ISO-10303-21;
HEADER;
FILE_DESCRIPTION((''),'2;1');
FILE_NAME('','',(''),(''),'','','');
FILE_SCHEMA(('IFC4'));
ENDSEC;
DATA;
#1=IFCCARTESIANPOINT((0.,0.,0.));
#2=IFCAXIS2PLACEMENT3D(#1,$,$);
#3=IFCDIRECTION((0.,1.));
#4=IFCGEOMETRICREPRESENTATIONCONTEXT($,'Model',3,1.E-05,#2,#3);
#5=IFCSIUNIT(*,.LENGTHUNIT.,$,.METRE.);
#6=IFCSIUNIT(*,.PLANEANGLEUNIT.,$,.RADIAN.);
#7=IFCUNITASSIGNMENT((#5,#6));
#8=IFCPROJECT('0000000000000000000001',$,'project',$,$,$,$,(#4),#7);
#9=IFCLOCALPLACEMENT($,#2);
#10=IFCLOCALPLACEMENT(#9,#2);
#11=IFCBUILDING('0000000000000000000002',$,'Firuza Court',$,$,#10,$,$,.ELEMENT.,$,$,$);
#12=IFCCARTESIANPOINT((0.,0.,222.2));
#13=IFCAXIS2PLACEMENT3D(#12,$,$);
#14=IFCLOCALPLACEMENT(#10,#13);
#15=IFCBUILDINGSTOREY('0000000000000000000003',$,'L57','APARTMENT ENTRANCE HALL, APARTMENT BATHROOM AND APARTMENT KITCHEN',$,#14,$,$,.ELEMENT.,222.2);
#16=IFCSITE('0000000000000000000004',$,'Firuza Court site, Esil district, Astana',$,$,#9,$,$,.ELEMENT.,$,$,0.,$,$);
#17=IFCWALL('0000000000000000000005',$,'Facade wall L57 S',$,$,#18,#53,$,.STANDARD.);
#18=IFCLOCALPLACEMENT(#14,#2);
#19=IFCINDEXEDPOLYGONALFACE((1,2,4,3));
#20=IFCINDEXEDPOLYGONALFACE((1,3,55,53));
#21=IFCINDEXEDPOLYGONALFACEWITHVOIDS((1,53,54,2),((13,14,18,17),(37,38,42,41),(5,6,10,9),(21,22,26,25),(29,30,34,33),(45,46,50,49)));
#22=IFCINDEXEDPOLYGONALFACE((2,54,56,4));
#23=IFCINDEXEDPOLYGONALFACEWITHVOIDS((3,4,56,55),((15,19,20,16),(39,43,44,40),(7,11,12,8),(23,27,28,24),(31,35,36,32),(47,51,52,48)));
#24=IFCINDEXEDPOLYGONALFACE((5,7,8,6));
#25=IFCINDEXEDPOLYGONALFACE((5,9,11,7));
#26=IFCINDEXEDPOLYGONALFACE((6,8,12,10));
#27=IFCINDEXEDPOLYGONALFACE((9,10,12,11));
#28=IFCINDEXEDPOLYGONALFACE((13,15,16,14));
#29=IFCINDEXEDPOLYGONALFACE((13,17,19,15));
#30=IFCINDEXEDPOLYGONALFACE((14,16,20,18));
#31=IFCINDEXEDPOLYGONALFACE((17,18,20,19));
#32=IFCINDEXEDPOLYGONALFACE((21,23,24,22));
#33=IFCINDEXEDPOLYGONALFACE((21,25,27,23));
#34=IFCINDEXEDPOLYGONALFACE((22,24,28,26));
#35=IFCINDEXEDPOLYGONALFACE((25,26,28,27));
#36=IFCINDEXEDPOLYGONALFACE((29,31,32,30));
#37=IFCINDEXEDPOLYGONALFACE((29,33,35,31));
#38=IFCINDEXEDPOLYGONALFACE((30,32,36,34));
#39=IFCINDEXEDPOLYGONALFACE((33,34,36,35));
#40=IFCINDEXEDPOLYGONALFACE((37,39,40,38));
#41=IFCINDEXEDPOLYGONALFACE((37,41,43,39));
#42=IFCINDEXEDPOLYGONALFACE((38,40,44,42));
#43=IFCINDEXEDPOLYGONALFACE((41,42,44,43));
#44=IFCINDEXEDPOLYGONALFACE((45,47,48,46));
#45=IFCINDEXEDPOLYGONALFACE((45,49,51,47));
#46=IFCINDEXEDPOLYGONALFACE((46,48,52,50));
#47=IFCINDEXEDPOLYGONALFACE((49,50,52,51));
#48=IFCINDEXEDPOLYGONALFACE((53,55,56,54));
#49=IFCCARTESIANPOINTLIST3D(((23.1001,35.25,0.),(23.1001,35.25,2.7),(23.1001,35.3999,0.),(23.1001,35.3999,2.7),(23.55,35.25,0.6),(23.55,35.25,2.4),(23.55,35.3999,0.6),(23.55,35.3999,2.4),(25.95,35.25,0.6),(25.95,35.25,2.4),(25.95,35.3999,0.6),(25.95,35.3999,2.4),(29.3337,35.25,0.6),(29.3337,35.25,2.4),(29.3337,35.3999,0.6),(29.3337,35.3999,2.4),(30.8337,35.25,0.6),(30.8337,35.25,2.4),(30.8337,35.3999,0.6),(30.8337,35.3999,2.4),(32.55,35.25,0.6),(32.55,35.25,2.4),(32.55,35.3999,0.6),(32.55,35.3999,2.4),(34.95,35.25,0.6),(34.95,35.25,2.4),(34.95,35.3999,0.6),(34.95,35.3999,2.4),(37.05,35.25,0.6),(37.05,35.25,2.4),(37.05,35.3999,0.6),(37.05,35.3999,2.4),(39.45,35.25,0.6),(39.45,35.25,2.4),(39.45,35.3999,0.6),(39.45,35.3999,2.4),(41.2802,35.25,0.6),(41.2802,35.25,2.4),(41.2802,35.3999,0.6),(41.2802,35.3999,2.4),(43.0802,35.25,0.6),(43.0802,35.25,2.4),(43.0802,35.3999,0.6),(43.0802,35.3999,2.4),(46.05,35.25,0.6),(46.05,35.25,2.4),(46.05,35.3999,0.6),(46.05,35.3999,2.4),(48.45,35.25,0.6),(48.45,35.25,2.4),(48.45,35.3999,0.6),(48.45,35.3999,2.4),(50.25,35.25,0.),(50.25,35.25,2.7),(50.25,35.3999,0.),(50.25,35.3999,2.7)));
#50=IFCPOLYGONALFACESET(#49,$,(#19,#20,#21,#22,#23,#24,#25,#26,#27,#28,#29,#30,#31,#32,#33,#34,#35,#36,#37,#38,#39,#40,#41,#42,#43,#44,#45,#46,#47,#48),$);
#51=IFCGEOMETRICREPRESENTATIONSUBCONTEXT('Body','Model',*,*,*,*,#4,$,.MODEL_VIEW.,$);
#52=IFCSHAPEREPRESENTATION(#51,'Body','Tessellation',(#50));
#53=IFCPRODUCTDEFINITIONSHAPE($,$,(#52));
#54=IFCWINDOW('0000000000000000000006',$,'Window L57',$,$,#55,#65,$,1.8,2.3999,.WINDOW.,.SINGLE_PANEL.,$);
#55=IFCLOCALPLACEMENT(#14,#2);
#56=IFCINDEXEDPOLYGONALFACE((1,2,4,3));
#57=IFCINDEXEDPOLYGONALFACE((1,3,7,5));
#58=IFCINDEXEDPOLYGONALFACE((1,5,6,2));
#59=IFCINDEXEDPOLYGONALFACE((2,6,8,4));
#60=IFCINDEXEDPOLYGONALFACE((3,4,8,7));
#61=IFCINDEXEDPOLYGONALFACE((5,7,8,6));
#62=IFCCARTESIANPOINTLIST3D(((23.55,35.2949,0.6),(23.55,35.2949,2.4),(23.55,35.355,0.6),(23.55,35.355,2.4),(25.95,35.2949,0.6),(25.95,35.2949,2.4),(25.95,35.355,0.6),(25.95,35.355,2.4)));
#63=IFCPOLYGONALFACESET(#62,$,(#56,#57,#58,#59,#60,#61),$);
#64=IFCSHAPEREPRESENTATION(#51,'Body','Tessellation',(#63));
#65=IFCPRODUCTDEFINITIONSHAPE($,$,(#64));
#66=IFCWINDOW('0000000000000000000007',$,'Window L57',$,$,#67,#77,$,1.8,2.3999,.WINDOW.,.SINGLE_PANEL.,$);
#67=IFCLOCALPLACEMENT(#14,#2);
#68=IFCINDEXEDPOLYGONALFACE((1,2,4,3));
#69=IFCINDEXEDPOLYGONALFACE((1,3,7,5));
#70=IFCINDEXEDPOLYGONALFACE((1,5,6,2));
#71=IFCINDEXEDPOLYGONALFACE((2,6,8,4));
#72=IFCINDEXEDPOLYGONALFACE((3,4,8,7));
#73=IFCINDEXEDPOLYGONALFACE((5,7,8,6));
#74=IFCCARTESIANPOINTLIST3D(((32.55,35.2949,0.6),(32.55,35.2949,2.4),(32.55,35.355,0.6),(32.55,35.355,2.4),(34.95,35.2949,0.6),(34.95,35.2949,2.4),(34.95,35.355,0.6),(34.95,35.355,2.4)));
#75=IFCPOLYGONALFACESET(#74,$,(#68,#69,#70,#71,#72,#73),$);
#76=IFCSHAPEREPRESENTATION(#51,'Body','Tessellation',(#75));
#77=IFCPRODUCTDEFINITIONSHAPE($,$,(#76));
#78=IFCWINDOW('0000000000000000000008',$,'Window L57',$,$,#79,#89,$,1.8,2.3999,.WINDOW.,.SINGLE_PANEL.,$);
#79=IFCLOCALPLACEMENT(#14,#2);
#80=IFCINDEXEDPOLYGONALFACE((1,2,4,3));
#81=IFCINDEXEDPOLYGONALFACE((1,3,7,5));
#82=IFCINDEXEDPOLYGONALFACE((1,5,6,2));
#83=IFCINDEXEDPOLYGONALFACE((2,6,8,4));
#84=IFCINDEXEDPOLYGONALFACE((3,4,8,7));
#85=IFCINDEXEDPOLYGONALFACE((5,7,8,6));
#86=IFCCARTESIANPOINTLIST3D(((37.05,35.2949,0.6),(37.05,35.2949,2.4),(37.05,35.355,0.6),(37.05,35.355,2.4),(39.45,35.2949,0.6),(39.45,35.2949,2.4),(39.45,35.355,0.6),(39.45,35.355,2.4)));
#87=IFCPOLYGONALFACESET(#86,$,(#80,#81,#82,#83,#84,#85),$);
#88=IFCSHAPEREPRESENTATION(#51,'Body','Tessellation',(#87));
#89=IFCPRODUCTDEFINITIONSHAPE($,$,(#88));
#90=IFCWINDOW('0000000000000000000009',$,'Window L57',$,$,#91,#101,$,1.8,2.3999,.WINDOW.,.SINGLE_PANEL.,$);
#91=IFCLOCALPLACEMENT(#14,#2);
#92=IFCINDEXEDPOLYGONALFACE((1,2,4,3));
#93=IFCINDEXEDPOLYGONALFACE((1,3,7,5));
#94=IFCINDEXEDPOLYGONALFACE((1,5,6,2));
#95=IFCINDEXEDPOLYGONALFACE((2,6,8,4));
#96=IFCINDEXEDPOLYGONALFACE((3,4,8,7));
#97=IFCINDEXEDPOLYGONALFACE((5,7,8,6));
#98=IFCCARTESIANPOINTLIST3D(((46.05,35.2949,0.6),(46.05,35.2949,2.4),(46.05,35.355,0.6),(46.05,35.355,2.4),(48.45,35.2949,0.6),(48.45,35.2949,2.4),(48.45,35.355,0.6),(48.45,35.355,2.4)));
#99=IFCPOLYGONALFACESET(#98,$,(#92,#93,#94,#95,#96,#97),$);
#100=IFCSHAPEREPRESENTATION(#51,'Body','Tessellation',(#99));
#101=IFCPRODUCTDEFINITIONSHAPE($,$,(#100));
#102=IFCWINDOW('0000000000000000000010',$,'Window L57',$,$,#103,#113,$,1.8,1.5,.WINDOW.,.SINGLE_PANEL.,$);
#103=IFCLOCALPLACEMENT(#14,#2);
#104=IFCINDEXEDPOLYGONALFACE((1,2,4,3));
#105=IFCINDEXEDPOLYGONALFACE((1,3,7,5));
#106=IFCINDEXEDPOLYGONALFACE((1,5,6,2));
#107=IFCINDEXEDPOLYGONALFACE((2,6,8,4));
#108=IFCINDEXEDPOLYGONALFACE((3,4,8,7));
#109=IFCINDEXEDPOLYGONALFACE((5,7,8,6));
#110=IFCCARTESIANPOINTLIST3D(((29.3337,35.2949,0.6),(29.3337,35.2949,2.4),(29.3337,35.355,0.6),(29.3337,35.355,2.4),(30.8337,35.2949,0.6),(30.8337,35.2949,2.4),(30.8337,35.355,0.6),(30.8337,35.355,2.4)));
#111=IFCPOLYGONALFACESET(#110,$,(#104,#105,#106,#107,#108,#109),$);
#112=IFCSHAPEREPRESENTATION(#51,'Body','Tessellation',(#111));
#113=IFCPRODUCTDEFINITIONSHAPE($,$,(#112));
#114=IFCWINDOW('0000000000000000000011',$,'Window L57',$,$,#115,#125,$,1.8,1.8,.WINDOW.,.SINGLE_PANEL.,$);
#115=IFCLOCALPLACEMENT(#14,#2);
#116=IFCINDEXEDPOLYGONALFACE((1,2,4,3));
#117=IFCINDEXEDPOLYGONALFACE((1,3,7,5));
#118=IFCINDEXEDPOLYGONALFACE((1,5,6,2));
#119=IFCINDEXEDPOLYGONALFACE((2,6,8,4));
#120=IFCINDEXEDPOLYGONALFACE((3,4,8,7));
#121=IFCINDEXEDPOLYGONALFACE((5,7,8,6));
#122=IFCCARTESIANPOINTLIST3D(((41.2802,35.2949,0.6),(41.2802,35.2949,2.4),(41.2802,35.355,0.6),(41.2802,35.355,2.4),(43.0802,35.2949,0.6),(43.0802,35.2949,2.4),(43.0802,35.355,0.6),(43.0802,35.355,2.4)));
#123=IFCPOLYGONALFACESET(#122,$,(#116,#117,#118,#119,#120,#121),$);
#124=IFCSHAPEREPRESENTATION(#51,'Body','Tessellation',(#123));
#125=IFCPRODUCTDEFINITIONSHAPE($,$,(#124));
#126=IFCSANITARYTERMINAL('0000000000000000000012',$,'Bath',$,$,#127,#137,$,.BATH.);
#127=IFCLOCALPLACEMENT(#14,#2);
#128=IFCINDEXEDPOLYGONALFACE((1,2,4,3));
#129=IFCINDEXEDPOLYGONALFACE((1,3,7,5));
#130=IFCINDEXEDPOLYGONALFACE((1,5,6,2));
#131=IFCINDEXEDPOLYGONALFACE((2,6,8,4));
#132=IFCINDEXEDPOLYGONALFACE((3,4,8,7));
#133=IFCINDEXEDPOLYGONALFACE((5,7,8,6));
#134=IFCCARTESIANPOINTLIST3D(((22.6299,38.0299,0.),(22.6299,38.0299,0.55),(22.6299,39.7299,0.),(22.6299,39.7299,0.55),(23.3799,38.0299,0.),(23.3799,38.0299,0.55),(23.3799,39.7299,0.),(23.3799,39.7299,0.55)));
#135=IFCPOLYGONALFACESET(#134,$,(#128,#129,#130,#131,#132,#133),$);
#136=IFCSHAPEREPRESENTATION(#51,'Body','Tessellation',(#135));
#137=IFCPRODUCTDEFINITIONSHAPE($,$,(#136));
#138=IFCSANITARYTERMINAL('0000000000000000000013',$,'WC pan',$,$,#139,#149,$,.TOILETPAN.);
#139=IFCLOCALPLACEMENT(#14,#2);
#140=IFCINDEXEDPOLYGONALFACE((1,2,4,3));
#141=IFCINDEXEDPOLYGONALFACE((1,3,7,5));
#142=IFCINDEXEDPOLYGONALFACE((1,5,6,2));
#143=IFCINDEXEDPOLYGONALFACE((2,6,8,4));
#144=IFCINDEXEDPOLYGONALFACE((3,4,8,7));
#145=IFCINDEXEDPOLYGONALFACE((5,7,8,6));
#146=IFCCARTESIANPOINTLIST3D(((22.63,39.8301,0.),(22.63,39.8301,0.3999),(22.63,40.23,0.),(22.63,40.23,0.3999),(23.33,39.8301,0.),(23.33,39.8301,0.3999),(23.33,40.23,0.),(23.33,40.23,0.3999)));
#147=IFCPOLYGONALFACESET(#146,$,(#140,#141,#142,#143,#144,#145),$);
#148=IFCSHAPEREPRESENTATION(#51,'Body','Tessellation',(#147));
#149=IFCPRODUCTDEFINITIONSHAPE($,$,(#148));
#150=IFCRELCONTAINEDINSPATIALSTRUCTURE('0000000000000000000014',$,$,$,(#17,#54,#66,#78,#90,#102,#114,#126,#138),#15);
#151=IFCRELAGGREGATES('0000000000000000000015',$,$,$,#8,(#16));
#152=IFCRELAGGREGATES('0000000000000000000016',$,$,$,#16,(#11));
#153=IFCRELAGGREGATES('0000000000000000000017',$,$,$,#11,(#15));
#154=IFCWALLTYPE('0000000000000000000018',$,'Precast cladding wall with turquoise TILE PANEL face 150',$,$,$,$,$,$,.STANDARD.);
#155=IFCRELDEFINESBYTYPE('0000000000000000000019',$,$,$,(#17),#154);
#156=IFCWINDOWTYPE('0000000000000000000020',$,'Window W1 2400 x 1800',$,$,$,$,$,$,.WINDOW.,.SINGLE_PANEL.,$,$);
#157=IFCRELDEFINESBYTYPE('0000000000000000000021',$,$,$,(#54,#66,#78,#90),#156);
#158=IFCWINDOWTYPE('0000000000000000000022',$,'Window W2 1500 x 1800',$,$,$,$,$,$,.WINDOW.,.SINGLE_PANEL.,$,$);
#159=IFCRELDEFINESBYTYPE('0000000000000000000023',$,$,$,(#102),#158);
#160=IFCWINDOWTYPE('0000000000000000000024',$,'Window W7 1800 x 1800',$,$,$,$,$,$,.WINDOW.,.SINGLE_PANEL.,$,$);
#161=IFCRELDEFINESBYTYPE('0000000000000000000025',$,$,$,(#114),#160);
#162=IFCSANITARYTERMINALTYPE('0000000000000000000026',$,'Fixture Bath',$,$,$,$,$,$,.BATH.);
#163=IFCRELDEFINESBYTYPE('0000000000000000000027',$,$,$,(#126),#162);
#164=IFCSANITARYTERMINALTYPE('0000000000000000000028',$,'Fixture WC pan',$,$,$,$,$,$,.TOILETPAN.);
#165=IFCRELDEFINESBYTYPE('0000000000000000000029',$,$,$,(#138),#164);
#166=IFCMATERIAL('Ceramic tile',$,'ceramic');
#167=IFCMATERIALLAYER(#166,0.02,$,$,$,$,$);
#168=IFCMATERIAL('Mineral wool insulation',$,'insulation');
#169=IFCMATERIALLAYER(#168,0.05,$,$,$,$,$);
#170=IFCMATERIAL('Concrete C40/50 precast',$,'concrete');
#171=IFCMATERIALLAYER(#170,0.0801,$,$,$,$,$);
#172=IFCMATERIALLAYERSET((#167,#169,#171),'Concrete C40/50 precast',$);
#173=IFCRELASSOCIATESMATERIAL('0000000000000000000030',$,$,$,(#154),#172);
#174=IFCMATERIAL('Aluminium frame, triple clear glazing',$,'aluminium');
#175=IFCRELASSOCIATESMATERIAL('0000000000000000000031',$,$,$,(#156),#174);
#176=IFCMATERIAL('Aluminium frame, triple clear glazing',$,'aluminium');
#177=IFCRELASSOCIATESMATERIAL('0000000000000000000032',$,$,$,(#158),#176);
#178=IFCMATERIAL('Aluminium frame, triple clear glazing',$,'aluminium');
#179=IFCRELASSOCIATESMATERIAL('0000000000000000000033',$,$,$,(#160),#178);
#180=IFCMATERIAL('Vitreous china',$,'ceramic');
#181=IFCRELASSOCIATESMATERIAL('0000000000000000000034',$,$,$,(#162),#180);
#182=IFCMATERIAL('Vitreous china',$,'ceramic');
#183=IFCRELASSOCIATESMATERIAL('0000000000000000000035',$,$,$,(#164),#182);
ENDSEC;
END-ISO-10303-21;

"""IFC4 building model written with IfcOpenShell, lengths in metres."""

from ifc_helpers import new_model, si_unit, direction, frame, frame_2d, origin, origin_2d, place, context, subcontext, project, spatial, rectangle, extrude, material, layer, layer_set, type_object, element, fill, save


model = new_model("IFC4")

# Units and contexts
model_context = context("Model", 3, precision=1e-05, world=origin(), true_north=direction((0.0, 1.0)))
body_context = subcontext(model_context, "Body", "Model", "MODEL_VIEW")
ifc_project = project(units=[si_unit("LENGTHUNIT", "METRE"), si_unit("PLANEANGLEUNIT", "RADIAN")], contexts=[model_context])

# Site, building, storey
site_placement = place(None, origin())
site = spatial("IfcSite", under=ifc_project, at=site_placement, Name="Firuza Court site, Esil district, Astana", CompositionType="ELEMENT", RefElevation=0.0)
building_placement = place(site_placement, origin())
building = spatial("IfcBuilding", under=site, at=building_placement, Name="Firuza Court", CompositionType="ELEMENT")
storey_placement = place(building_placement, frame((0.0, 0.0, 222.2)))
storey = spatial("IfcBuildingStorey", under=building, at=storey_placement, Name="L57", Description="APARTMENT ENTRANCE HALL, APARTMENT BATHROOM AND APARTMENT KITCHEN", CompositionType="ELEMENT", Elevation=222.2)

# Wall, openings, windows
ifc_material_1 = material(Name="Ceramic tile", Category="ceramic")
ifc_layer_1 = layer(ifc_material_1, 0.02)
ifc_material_2 = material(Name="Mineral wool insulation", Category="insulation")
ifc_layer_2 = layer(ifc_material_2, 0.05)
ifc_material_3 = material(Name="Concrete C40/50 precast", Category="concrete")
ifc_layer_3 = layer(ifc_material_3, 0.0801)
ifc_layer_set_1 = layer_set([ifc_layer_1, ifc_layer_2, ifc_layer_3], Name="Concrete C40/50 precast")
wall_type_1 = type_object("IfcWallType", Name="Precast cladding wall with turquoise TILE PANEL face 150", PredefinedType="STANDARD", material=ifc_layer_set_1)
wall_1_placement = place(storey_placement, frame((23.1001, 35.325, 0.0), z_axis=(0.0, 0.0, 1.0), x_axis=(1.0, 0.0, 0.0)))
wall_1 = element("IfcWall", 1, at=wall_1_placement, inside=storey, type_object=wall_type_1, Name="Facade wall L57 S", PredefinedType="STANDARD", context=body_context, shape_type="SweptSolid", body=[
    extrude(rectangle(XDim=27.1499, YDim=0.1499, at=frame_2d((13.575, 0.0))), origin(), (0.0, 0.0, 1.0), 2.7),
])
opening_1_placement = place(wall_1_placement, frame((0.45, 0.0, 0.6001)))
opening_1 = element("IfcOpeningElement", 2, at=opening_1_placement, cuts=wall_1, PredefinedType="OPENING", context=body_context, shape_type="SweptSolid", body=[
    extrude(rectangle(XDim=2.3999, YDim=1.8, at=frame_2d((1.2, 0.8999))), frame((0.0, 0.0869, 0.0), z_axis=(0.0, -1.0, 0.0), x_axis=(1.0, 0.0, 0.0)), (0.0, 0.0, 1.0), 0.1738),
])
opening_2_placement = place(wall_1_placement, frame((6.2336, 0.0, 0.6001)))
opening_2 = element("IfcOpeningElement", 3, at=opening_2_placement, cuts=wall_1, PredefinedType="OPENING", context=body_context, shape_type="SweptSolid", body=[
    extrude(rectangle(XDim=1.5, YDim=1.8, at=frame_2d((0.75, 0.8999))), frame((0.0, 0.0869, 0.0), z_axis=(0.0, -1.0, 0.0), x_axis=(1.0, 0.0, 0.0)), (0.0, 0.0, 1.0), 0.1738),
])
opening_3_placement = place(wall_1_placement, frame((9.45, 0.0, 0.6001)))
opening_3 = element("IfcOpeningElement", 4, at=opening_3_placement, cuts=wall_1, PredefinedType="OPENING", context=body_context, shape_type="SweptSolid", body=[
    extrude(rectangle(XDim=2.3999, YDim=1.8, at=frame_2d((1.2, 0.8999))), frame((0.0, 0.0869, 0.0), z_axis=(0.0, -1.0, 0.0), x_axis=(1.0, 0.0, 0.0)), (0.0, 0.0, 1.0), 0.1738),
])
opening_4_placement = place(wall_1_placement, frame((13.95, 0.0, 0.6001)))
opening_4 = element("IfcOpeningElement", 5, at=opening_4_placement, cuts=wall_1, PredefinedType="OPENING", context=body_context, shape_type="SweptSolid", body=[
    extrude(rectangle(XDim=2.3999, YDim=1.8, at=frame_2d((1.2, 0.8999))), frame((0.0, 0.0869, 0.0), z_axis=(0.0, -1.0, 0.0), x_axis=(1.0, 0.0, 0.0)), (0.0, 0.0, 1.0), 0.1738),
])
opening_5_placement = place(wall_1_placement, frame((18.1802, 0.0, 0.6001)))
opening_5 = element("IfcOpeningElement", 6, at=opening_5_placement, cuts=wall_1, PredefinedType="OPENING", context=body_context, shape_type="SweptSolid", body=[
    extrude(rectangle(XDim=1.8, YDim=1.8, at=frame_2d((0.8999, 0.8999))), frame((0.0, 0.0869, 0.0), z_axis=(0.0, -1.0, 0.0), x_axis=(1.0, 0.0, 0.0)), (0.0, 0.0, 1.0), 0.1738),
])
opening_6_placement = place(wall_1_placement, frame((22.95, 0.0, 0.6001)))
opening_6 = element("IfcOpeningElement", 7, at=opening_6_placement, cuts=wall_1, PredefinedType="OPENING", context=body_context, shape_type="SweptSolid", body=[
    extrude(rectangle(XDim=2.3999, YDim=1.8, at=frame_2d((1.2, 0.8999))), frame((0.0, 0.0869, 0.0), z_axis=(0.0, -1.0, 0.0), x_axis=(1.0, 0.0, 0.0)), (0.0, 0.0, 1.0), 0.1738),
])
ifc_material_4 = material(Name="Aluminium frame, triple clear glazing", Category="aluminium")
window_type_1 = type_object("IfcWindowType", Name="Window W1 2400 x 1800", PartitioningType="SINGLE_PANEL", PredefinedType="WINDOW", material=ifc_material_4)
window_1_placement = place(opening_1_placement, origin())
window_1 = element("IfcWindow", 8, at=window_1_placement, inside=storey, type_object=window_type_1, Name="Window L57", OverallHeight=1.8, OverallWidth=2.3999, PartitioningType="SINGLE_PANEL", PredefinedType="WINDOW", context=body_context, shape_type="SweptSolid", body=[
    extrude(rectangle(XDim=2.3999, YDim=1.8, at=frame_2d((1.2, 0.8999))), frame((0.0, 0.03, 0.0), z_axis=(0.0, -1.0, 0.0), x_axis=(1.0, 0.0, 0.0)), (0.0, 0.0, 1.0), 0.0601),
])
fill(opening_1, window_1)
window_2_placement = place(opening_3_placement, origin())
window_2 = element("IfcWindow", 9, at=window_2_placement, inside=storey, type_object=window_type_1, Name="Window L57", OverallHeight=1.8, OverallWidth=2.3999, PartitioningType="SINGLE_PANEL", PredefinedType="WINDOW", context=body_context, shape_type="SweptSolid", body=[
    extrude(rectangle(XDim=2.3999, YDim=1.8, at=frame_2d((1.2, 0.8999))), frame((0.0, 0.03, 0.0), z_axis=(0.0, -1.0, 0.0), x_axis=(1.0, 0.0, 0.0)), (0.0, 0.0, 1.0), 0.0601),
])
fill(opening_3, window_2)
window_3_placement = place(opening_4_placement, origin())
window_3 = element("IfcWindow", 10, at=window_3_placement, inside=storey, type_object=window_type_1, Name="Window L57", OverallHeight=1.8, OverallWidth=2.3999, PartitioningType="SINGLE_PANEL", PredefinedType="WINDOW", context=body_context, shape_type="SweptSolid", body=[
    extrude(rectangle(XDim=2.3999, YDim=1.8, at=frame_2d((1.2, 0.8999))), frame((0.0, 0.03, 0.0), z_axis=(0.0, -1.0, 0.0), x_axis=(1.0, 0.0, 0.0)), (0.0, 0.0, 1.0), 0.0601),
])
fill(opening_4, window_3)
window_4_placement = place(opening_6_placement, origin())
window_4 = element("IfcWindow", 11, at=window_4_placement, inside=storey, type_object=window_type_1, Name="Window L57", OverallHeight=1.8, OverallWidth=2.3999, PartitioningType="SINGLE_PANEL", PredefinedType="WINDOW", context=body_context, shape_type="SweptSolid", body=[
    extrude(rectangle(XDim=2.3999, YDim=1.8, at=frame_2d((1.2, 0.8999))), frame((0.0, 0.03, 0.0), z_axis=(0.0, -1.0, 0.0), x_axis=(1.0, 0.0, 0.0)), (0.0, 0.0, 1.0), 0.0601),
])
fill(opening_6, window_4)
ifc_material_5 = material(Name="Aluminium frame, triple clear glazing", Category="aluminium")
window_type_2 = type_object("IfcWindowType", Name="Window W2 1500 x 1800", PartitioningType="SINGLE_PANEL", PredefinedType="WINDOW", material=ifc_material_5)
window_5_placement = place(opening_2_placement, origin())
window_5 = element("IfcWindow", 12, at=window_5_placement, inside=storey, type_object=window_type_2, Name="Window L57", OverallHeight=1.8, OverallWidth=1.5, PartitioningType="SINGLE_PANEL", PredefinedType="WINDOW", context=body_context, shape_type="SweptSolid", body=[
    extrude(rectangle(XDim=1.5, YDim=1.8, at=frame_2d((0.75, 0.8999))), frame((0.0, 0.03, 0.0), z_axis=(0.0, -1.0, 0.0), x_axis=(1.0, 0.0, 0.0)), (0.0, 0.0, 1.0), 0.0601),
])
fill(opening_2, window_5)
ifc_material_6 = material(Name="Aluminium frame, triple clear glazing", Category="aluminium")
window_type_3 = type_object("IfcWindowType", Name="Window W7 1800 x 1800", PartitioningType="SINGLE_PANEL", PredefinedType="WINDOW", material=ifc_material_6)
window_6_placement = place(opening_5_placement, origin())
window_6 = element("IfcWindow", 13, at=window_6_placement, inside=storey, type_object=window_type_3, Name="Window L57", OverallHeight=1.8, OverallWidth=1.8, PartitioningType="SINGLE_PANEL", PredefinedType="WINDOW", context=body_context, shape_type="SweptSolid", body=[
    extrude(rectangle(XDim=1.8, YDim=1.8, at=frame_2d((0.8999, 0.8999))), frame((0.0, 0.03, 0.0), z_axis=(0.0, -1.0, 0.0), x_axis=(1.0, 0.0, 0.0)), (0.0, 0.0, 1.0), 0.0601),
])
fill(opening_5, window_6)

# Sanitary terminals
ifc_material_7 = material(Name="Vitreous china", Category="ceramic")
sanitary_terminal_type_1 = type_object("IfcSanitaryTerminalType", Name="Fixture Bath", PredefinedType="BATH", material=ifc_material_7)
sanitary_terminal_1_placement = place(storey_placement, frame((23.0049, 38.8799, 0.0), z_axis=(0.0, 0.0, 1.0), x_axis=(1.0, 0.0, 0.0)))
element("IfcSanitaryTerminal", 14, at=sanitary_terminal_1_placement, inside=storey, type_object=sanitary_terminal_type_1, Name="Bath", PredefinedType="BATH", context=body_context, shape_type="SweptSolid", body=[
    extrude(rectangle(XDim=0.75, YDim=1.7, at=origin_2d()), origin(), (0.0, 0.0, 1.0), 0.55),
])
ifc_material_8 = material(Name="Vitreous china", Category="ceramic")
sanitary_terminal_type_2 = type_object("IfcSanitaryTerminalType", Name="Fixture WC pan", PredefinedType="TOILETPAN", material=ifc_material_8)
sanitary_terminal_2_placement = place(storey_placement, frame((22.98, 40.03, 0.0), z_axis=(0.0, 0.0, 1.0), x_axis=(1.0, 0.0, 0.0)))
element("IfcSanitaryTerminal", 15, at=sanitary_terminal_2_placement, inside=storey, type_object=sanitary_terminal_type_2, Name="WC pan", PredefinedType="TOILETPAN", context=body_context, shape_type="SweptSolid", body=[
    extrude(rectangle(XDim=0.7, YDim=0.3999, at=origin_2d()), origin(), (0.0, 0.0, 1.0), 0.3999),
])

save(model, "model.ifc")
